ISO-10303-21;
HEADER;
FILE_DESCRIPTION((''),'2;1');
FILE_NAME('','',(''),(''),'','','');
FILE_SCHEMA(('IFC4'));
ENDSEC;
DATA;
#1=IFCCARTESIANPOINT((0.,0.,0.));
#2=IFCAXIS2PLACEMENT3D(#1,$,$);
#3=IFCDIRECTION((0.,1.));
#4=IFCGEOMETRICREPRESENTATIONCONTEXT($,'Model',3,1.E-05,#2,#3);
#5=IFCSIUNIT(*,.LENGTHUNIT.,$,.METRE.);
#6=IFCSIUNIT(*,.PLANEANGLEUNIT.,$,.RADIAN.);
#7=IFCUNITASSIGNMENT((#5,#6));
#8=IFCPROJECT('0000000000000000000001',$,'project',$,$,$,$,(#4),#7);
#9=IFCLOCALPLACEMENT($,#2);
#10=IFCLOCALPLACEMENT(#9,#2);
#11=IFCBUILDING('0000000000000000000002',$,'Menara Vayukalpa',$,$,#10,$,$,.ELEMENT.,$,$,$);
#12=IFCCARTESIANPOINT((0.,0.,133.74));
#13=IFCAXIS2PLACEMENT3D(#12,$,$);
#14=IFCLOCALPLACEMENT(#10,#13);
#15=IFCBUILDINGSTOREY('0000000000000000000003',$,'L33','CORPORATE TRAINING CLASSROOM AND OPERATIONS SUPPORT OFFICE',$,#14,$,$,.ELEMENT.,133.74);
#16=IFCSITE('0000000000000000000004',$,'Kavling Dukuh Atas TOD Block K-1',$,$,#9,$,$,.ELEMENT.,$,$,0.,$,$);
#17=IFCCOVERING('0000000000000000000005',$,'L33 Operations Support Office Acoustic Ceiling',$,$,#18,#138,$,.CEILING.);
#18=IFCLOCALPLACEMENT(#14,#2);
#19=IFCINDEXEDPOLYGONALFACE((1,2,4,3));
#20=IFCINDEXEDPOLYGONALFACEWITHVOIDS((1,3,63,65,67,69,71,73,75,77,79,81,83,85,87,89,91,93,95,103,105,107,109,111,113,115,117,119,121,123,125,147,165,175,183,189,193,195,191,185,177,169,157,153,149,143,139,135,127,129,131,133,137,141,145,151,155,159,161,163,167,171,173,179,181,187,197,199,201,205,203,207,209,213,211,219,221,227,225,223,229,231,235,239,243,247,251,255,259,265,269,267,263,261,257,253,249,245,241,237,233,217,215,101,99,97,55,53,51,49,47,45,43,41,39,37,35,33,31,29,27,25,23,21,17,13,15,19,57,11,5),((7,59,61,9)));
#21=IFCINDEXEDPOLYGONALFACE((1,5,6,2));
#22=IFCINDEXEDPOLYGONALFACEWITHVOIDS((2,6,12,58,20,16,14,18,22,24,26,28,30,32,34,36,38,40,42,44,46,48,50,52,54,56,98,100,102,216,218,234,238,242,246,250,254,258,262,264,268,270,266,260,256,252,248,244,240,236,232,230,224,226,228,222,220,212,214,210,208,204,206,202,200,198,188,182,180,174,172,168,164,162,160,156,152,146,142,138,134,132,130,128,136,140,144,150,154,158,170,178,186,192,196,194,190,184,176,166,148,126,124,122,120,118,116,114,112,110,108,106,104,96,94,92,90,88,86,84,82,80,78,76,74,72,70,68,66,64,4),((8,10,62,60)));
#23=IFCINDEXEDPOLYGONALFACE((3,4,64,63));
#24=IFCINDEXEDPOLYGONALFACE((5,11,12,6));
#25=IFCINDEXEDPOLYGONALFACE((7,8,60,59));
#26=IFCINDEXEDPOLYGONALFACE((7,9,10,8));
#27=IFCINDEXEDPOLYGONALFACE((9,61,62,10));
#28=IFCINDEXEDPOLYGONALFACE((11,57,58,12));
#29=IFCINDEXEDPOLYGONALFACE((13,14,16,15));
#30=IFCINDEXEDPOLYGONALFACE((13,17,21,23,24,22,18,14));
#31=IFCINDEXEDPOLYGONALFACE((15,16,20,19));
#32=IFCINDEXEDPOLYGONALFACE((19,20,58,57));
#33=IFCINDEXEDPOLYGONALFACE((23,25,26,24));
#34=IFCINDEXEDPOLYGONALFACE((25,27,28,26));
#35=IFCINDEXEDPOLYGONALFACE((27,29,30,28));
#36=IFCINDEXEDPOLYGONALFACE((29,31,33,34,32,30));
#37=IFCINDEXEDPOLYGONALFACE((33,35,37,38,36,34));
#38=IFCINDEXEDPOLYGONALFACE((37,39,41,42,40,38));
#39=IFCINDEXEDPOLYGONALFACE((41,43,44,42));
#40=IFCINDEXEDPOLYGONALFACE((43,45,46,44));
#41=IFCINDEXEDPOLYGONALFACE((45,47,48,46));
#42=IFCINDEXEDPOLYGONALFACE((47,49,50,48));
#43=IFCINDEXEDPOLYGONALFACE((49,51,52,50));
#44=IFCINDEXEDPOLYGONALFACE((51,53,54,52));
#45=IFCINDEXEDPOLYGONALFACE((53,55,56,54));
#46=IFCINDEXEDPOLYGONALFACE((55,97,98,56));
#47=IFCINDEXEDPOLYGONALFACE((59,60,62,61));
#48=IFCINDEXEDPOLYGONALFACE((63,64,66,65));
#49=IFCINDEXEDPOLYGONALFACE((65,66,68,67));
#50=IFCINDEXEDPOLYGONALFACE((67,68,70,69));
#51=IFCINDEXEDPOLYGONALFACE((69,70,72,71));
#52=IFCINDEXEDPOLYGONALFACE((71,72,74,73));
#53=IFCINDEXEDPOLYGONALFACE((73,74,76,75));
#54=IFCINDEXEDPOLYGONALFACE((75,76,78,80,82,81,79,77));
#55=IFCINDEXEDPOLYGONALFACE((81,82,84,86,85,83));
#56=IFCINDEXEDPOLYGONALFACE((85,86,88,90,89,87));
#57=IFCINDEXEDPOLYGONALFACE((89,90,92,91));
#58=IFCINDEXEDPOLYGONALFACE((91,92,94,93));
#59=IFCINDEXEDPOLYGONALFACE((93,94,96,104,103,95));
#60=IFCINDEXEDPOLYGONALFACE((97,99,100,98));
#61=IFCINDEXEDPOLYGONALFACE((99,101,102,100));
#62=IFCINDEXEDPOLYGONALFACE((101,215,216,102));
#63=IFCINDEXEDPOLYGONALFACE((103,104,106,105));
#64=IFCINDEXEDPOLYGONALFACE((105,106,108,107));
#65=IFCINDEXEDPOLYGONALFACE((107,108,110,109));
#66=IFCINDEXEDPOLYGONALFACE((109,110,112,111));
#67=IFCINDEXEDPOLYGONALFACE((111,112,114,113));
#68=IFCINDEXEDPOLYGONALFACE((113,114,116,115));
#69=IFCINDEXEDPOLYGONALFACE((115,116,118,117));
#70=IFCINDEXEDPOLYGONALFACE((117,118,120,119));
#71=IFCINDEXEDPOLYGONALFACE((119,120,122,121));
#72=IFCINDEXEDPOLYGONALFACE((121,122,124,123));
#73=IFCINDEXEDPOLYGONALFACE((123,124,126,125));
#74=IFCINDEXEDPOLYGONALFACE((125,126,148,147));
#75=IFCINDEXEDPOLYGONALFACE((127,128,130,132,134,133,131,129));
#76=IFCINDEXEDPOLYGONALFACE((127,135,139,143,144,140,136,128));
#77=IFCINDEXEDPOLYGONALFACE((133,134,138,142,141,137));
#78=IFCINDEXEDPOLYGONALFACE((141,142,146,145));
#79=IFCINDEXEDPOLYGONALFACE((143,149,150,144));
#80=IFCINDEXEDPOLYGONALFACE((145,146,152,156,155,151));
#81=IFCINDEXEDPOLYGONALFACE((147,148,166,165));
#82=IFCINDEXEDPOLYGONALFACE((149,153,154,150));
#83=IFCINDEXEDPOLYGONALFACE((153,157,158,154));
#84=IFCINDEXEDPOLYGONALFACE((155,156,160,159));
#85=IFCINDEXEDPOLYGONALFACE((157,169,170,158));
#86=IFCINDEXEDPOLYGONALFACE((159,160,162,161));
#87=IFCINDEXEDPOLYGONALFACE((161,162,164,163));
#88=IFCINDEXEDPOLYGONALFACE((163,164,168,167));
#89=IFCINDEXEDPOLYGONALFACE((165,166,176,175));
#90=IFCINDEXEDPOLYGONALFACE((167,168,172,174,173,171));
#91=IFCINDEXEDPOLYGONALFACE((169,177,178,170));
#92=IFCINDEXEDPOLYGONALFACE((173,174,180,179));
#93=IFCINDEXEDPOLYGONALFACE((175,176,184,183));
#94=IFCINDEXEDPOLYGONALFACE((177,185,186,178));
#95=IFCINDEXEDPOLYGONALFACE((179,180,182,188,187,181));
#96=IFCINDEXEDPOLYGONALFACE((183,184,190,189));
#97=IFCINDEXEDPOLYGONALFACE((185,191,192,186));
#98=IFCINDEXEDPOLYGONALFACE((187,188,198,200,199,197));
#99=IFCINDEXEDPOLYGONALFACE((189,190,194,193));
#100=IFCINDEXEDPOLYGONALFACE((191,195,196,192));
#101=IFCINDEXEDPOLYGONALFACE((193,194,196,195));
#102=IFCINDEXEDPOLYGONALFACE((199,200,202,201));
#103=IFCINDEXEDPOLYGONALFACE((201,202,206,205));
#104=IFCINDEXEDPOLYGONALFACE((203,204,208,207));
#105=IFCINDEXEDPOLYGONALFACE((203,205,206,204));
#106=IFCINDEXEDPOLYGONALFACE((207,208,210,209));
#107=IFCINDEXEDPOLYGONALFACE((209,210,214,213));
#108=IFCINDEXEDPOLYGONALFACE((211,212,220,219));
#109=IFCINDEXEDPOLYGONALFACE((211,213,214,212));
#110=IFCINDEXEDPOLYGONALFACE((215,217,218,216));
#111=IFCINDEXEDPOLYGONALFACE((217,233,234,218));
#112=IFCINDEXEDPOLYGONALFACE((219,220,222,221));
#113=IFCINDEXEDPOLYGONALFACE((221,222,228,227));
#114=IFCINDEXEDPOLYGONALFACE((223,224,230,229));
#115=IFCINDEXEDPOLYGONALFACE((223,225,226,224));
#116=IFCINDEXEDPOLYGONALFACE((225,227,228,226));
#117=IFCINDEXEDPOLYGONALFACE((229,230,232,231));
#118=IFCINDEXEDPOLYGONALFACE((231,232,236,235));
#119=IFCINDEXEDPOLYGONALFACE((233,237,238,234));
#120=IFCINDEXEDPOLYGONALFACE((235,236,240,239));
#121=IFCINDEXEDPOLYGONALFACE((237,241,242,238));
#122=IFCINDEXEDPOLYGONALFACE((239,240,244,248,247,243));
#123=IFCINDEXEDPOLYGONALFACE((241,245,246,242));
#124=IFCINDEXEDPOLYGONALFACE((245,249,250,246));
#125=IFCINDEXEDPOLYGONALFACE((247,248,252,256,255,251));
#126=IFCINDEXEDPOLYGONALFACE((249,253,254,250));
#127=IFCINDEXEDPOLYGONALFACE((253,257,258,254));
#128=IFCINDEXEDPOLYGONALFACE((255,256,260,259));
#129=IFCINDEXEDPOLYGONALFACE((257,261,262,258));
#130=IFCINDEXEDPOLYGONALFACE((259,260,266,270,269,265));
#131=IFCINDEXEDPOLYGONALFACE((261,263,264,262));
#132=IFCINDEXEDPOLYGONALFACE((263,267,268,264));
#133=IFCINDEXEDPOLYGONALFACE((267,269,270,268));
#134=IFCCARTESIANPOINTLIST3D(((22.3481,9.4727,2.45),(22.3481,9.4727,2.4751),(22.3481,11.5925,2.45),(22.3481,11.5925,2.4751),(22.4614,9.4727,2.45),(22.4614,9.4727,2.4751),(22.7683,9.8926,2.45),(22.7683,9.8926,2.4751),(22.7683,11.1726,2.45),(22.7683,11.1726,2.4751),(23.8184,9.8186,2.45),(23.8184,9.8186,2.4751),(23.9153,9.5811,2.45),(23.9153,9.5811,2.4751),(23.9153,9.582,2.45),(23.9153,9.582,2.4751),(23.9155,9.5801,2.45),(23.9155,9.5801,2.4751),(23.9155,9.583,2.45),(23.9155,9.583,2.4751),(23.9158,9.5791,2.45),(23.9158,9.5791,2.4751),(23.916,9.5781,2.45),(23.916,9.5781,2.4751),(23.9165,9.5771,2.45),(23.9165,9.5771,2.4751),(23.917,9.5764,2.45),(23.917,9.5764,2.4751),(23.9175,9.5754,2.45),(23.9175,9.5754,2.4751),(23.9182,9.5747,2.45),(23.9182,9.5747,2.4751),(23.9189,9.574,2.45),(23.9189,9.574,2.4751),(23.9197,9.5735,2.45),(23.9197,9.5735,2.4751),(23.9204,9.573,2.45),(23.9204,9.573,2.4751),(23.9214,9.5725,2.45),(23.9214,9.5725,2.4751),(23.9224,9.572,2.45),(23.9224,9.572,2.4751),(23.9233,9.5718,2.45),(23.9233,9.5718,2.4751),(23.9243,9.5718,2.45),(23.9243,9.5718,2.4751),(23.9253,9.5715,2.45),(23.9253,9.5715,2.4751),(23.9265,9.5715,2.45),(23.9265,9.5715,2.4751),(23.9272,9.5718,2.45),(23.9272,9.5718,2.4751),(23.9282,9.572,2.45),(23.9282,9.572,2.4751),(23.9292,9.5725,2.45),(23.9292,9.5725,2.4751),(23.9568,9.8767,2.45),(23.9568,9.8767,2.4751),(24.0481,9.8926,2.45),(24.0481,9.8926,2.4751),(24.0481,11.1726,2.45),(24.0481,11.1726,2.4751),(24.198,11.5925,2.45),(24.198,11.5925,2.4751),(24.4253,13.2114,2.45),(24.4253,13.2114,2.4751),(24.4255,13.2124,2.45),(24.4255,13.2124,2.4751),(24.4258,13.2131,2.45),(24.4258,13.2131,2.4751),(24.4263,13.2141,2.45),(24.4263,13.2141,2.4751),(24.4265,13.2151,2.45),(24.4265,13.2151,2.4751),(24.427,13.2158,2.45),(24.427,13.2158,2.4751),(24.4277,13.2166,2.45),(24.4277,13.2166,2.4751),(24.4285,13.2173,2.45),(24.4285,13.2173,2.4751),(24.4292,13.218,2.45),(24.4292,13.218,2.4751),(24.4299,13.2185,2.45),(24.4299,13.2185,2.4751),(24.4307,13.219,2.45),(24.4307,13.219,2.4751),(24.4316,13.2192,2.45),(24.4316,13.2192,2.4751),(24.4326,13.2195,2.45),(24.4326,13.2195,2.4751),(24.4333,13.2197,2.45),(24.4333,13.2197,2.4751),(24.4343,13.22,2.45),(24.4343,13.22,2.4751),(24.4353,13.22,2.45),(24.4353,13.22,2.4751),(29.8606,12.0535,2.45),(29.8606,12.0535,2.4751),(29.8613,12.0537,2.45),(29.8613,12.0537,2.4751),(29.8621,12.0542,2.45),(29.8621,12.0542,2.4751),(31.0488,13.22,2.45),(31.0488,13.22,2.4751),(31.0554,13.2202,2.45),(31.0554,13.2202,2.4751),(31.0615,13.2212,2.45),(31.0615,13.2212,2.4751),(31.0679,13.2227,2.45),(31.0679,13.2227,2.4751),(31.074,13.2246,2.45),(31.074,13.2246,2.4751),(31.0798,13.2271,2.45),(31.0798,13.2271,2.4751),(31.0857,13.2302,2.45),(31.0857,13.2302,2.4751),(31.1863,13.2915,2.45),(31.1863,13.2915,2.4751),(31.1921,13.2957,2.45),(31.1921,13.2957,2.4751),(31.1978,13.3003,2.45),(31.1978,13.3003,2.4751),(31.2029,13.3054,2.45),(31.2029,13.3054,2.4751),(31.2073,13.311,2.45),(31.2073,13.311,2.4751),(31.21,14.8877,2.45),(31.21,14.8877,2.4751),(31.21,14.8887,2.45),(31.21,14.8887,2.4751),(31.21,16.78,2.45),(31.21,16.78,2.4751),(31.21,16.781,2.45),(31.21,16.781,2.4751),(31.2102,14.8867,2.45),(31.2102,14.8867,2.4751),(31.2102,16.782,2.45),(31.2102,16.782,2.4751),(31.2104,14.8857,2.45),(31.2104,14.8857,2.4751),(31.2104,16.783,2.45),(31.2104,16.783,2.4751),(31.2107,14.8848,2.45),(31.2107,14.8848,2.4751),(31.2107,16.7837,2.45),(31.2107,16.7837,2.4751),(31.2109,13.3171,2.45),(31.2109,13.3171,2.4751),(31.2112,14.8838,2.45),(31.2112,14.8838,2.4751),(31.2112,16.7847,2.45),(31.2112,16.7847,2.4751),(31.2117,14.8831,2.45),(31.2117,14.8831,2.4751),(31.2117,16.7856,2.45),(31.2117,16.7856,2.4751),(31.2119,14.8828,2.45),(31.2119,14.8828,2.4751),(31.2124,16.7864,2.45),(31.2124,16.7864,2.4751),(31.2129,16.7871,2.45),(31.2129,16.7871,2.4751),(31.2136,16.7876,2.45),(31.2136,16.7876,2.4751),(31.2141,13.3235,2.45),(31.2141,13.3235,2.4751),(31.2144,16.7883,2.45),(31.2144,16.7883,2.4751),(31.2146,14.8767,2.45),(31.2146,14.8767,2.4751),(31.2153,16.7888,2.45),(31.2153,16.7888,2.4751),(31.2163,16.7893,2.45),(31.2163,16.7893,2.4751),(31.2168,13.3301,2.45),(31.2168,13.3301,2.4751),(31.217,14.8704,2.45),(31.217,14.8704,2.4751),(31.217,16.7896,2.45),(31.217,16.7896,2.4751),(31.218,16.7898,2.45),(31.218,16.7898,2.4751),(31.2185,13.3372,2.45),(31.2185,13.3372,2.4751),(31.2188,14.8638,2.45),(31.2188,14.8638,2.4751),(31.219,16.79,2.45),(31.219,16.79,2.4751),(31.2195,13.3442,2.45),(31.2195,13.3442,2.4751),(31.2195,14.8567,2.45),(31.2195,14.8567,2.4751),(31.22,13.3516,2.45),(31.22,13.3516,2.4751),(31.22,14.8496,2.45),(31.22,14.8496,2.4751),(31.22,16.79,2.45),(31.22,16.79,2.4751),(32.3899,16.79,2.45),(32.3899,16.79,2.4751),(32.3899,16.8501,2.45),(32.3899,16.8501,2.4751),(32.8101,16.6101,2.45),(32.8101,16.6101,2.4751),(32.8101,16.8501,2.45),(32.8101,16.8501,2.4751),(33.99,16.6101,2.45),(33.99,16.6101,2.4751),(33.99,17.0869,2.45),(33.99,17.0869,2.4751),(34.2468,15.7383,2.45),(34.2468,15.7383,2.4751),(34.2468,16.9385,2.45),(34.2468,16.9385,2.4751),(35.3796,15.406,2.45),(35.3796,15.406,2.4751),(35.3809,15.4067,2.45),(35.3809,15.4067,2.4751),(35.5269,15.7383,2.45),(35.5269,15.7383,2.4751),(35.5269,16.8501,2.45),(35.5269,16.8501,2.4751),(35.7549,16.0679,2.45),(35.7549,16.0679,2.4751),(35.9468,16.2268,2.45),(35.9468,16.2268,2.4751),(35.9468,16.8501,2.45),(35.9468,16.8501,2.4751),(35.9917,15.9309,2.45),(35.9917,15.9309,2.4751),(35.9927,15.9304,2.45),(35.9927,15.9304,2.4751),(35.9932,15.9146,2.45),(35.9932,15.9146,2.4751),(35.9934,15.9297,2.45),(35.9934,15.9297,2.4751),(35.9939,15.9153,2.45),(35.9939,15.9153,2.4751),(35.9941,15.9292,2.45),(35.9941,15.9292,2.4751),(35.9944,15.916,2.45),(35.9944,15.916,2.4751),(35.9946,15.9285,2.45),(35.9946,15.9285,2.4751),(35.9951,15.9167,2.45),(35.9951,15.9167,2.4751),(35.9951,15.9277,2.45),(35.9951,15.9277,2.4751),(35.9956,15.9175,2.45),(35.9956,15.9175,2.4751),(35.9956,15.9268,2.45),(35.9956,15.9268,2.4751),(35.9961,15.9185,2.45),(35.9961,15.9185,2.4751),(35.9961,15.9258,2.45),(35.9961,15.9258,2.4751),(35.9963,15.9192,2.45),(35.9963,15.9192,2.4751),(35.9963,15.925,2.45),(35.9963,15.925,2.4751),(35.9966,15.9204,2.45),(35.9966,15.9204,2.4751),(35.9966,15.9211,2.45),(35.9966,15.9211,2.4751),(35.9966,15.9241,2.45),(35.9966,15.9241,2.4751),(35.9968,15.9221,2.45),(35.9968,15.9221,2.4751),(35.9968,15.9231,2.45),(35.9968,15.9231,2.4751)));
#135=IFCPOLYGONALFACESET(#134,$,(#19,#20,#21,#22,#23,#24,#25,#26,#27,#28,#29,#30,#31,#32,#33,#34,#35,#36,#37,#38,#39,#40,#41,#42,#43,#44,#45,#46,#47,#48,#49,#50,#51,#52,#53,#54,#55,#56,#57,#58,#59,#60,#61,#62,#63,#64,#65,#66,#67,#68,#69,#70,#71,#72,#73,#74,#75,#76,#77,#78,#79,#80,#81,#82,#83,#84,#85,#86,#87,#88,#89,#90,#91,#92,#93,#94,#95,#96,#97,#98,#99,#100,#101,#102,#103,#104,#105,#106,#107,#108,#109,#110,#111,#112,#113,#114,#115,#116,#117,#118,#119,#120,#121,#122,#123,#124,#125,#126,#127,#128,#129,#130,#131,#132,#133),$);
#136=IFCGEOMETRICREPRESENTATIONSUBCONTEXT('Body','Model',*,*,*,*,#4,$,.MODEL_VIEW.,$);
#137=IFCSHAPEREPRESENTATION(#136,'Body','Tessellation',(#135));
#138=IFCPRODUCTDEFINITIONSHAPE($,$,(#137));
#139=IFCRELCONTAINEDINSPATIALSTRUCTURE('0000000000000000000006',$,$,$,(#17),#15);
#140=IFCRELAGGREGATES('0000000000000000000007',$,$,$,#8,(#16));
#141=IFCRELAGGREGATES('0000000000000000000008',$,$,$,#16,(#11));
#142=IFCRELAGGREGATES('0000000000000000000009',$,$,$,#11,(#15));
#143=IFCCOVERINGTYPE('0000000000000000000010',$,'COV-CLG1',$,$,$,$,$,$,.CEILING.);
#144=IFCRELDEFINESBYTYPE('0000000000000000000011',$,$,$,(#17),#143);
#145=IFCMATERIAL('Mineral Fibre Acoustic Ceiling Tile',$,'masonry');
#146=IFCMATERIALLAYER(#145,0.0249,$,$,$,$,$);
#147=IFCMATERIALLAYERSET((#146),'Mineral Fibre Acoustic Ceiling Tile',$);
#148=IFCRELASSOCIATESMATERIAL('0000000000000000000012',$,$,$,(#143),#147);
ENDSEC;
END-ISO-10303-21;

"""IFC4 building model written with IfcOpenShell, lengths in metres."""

from ifc_helpers import new_model, si_unit, direction, frame, origin, place, context, subcontext, project, spatial, polyline, outline, extrude, material, layer, layer_set, type_object, element, save


model = new_model("IFC4")

# Units and contexts
model_context = context("Model", 3, precision=1e-05, world=origin(), true_north=direction((0.0, 1.0)))
body_context = subcontext(model_context, "Body", "Model", "MODEL_VIEW")
ifc_project = project(units=[si_unit("LENGTHUNIT", "METRE"), si_unit("PLANEANGLEUNIT", "RADIAN")], contexts=[model_context])

# Site, building, storey
site_placement = place(None, origin())
site = spatial("IfcSite", under=ifc_project, at=site_placement, Name="Kavling Dukuh Atas TOD Block K-1", CompositionType="ELEMENT", RefElevation=0.0)
building_placement = place(site_placement, origin())
building = spatial("IfcBuilding", under=site, at=building_placement, Name="Menara Vayukalpa", CompositionType="ELEMENT")
storey_placement = place(building_placement, frame((0.0, 0.0, 133.74)))
storey = spatial("IfcBuildingStorey", under=building, at=storey_placement, Name="L33", Description="CORPORATE TRAINING CLASSROOM AND OPERATIONS SUPPORT OFFICE", CompositionType="ELEMENT", Elevation=133.74)

# Covering
ifc_material_1 = material(Name="Mineral Fibre Acoustic Ceiling Tile", Category="masonry")
ifc_layer_1 = layer(ifc_material_1, 0.0249)
ifc_layer_set_1 = layer_set([ifc_layer_1], Name="Mineral Fibre Acoustic Ceiling Tile")
covering_type_1 = type_object("IfcCoveringType", Name="COV-CLG1", PredefinedType="CEILING", material=ifc_layer_set_1)
covering_1_placement = place(storey_placement, frame((0.0, 0.0, 2.45)))
element("IfcCovering", 1, at=covering_1_placement, inside=storey, type_object=covering_type_1, Name="L33 Operations Support Office Acoustic Ceiling", PredefinedType="CEILING", context=body_context, shape_type="SweptSolid", body=[
    extrude(outline(polyline([(24.4253, 13.2114), (24.4255, 13.2124), (24.4258, 13.2131), (24.4263, 13.2141), (24.4265, 13.2151), (24.427, 13.2158), (24.4277, 13.2166), (24.4285, 13.2173), (24.4292, 13.218), (24.4299, 13.2185), (24.4307, 13.219), (24.4316, 13.2192), (24.4326, 13.2195), (24.4333, 13.2197), (24.4343, 13.22), (24.4353, 13.22), (31.0488, 13.22), (31.0554, 13.2202), (31.0615, 13.2212), (31.0679, 13.2227), (31.074, 13.2246), (31.0798, 13.2271), (31.0857, 13.2302), (31.1863, 13.2915), (31.1921, 13.2957), (31.1978, 13.3003), (31.2029, 13.3054), (31.2073, 13.311), (31.2109, 13.3171), (31.2141, 13.3235), (31.2168, 13.3301), (31.2185, 13.3372), (31.2195, 13.3442), (31.22, 13.3516), (31.22, 14.8496), (31.2195, 14.8567), (31.2188, 14.8638), (31.217, 14.8704), (31.2146, 14.8767), (31.2119, 14.8828), (31.2117, 14.8831), (31.2112, 14.8838), (31.2107, 14.8848), (31.2104, 14.8857), (31.2102, 14.8867), (31.21, 14.8877), (31.21, 14.8887), (31.21, 16.78), (31.21, 16.781), (31.2102, 16.782), (31.2104, 16.783), (31.2107, 16.7837), (31.2112, 16.7847), (31.2117, 16.7856), (31.2124, 16.7864), (31.2129, 16.7871), (31.2136, 16.7876), (31.2144, 16.7883), (31.2153, 16.7888), (31.2163, 16.7893), (31.217, 16.7896), (31.218, 16.7898), (31.219, 16.79), (31.22, 16.79), (32.3899, 16.79), (32.3899, 16.8501), (32.8101, 16.8501), (32.8101, 16.6101), (33.99, 16.6101), (33.99, 17.0869), (34.2468, 16.9385), (34.2468, 15.7383), (35.5269, 15.7383), (35.5269, 16.8501), (35.9468, 16.8501), (35.9468, 16.2268), (35.7549, 16.0679), (35.9917, 15.9309), (35.9927, 15.9304), (35.9934, 15.9297), (35.9941, 15.9292), (35.9946, 15.9285), (35.9951, 15.9277), (35.9956, 15.9268), (35.9961, 15.9258), (35.9963, 15.925), (35.9966, 15.9241), (35.9968, 15.9231), (35.9968, 15.9221), (35.9966, 15.9211), (35.9966, 15.9204), (35.9963, 15.9192), (35.9961, 15.9185), (35.9956, 15.9175), (35.9951, 15.9167), (35.9944, 15.916), (35.9939, 15.9153), (35.9932, 15.9146), (35.3809, 15.4067), (35.3796, 15.406), (29.8621, 12.0542), (29.8613, 12.0537), (29.8606, 12.0535), (23.9292, 9.5725), (23.9282, 9.572), (23.9272, 9.5718), (23.9265, 9.5715), (23.9253, 9.5715), (23.9243, 9.5718), (23.9233, 9.5718), (23.9224, 9.572), (23.9214, 9.5725), (23.9204, 9.573), (23.9197, 9.5735), (23.9189, 9.574), (23.9182, 9.5747), (23.9175, 9.5754), (23.917, 9.5764), (23.9165, 9.5771), (23.916, 9.5781), (23.9158, 9.5791), (23.9155, 9.5801), (23.9153, 9.5811), (23.9153, 9.582), (23.9155, 9.583), (23.9568, 9.8767), (23.8184, 9.8186), (22.4614, 9.4727), (22.3481, 9.4727), (22.3481, 11.5925), (24.198, 11.5925), (24.4253, 13.2114)]), holes=[polyline([(24.0481, 11.1726), (22.7683, 11.1726), (22.7683, 9.8926), (24.0481, 9.8926), (24.0481, 11.1726)])]), origin(), (0.0, 0.0, 1.0), 0.0251),
])

save(model, "model.ifc")
